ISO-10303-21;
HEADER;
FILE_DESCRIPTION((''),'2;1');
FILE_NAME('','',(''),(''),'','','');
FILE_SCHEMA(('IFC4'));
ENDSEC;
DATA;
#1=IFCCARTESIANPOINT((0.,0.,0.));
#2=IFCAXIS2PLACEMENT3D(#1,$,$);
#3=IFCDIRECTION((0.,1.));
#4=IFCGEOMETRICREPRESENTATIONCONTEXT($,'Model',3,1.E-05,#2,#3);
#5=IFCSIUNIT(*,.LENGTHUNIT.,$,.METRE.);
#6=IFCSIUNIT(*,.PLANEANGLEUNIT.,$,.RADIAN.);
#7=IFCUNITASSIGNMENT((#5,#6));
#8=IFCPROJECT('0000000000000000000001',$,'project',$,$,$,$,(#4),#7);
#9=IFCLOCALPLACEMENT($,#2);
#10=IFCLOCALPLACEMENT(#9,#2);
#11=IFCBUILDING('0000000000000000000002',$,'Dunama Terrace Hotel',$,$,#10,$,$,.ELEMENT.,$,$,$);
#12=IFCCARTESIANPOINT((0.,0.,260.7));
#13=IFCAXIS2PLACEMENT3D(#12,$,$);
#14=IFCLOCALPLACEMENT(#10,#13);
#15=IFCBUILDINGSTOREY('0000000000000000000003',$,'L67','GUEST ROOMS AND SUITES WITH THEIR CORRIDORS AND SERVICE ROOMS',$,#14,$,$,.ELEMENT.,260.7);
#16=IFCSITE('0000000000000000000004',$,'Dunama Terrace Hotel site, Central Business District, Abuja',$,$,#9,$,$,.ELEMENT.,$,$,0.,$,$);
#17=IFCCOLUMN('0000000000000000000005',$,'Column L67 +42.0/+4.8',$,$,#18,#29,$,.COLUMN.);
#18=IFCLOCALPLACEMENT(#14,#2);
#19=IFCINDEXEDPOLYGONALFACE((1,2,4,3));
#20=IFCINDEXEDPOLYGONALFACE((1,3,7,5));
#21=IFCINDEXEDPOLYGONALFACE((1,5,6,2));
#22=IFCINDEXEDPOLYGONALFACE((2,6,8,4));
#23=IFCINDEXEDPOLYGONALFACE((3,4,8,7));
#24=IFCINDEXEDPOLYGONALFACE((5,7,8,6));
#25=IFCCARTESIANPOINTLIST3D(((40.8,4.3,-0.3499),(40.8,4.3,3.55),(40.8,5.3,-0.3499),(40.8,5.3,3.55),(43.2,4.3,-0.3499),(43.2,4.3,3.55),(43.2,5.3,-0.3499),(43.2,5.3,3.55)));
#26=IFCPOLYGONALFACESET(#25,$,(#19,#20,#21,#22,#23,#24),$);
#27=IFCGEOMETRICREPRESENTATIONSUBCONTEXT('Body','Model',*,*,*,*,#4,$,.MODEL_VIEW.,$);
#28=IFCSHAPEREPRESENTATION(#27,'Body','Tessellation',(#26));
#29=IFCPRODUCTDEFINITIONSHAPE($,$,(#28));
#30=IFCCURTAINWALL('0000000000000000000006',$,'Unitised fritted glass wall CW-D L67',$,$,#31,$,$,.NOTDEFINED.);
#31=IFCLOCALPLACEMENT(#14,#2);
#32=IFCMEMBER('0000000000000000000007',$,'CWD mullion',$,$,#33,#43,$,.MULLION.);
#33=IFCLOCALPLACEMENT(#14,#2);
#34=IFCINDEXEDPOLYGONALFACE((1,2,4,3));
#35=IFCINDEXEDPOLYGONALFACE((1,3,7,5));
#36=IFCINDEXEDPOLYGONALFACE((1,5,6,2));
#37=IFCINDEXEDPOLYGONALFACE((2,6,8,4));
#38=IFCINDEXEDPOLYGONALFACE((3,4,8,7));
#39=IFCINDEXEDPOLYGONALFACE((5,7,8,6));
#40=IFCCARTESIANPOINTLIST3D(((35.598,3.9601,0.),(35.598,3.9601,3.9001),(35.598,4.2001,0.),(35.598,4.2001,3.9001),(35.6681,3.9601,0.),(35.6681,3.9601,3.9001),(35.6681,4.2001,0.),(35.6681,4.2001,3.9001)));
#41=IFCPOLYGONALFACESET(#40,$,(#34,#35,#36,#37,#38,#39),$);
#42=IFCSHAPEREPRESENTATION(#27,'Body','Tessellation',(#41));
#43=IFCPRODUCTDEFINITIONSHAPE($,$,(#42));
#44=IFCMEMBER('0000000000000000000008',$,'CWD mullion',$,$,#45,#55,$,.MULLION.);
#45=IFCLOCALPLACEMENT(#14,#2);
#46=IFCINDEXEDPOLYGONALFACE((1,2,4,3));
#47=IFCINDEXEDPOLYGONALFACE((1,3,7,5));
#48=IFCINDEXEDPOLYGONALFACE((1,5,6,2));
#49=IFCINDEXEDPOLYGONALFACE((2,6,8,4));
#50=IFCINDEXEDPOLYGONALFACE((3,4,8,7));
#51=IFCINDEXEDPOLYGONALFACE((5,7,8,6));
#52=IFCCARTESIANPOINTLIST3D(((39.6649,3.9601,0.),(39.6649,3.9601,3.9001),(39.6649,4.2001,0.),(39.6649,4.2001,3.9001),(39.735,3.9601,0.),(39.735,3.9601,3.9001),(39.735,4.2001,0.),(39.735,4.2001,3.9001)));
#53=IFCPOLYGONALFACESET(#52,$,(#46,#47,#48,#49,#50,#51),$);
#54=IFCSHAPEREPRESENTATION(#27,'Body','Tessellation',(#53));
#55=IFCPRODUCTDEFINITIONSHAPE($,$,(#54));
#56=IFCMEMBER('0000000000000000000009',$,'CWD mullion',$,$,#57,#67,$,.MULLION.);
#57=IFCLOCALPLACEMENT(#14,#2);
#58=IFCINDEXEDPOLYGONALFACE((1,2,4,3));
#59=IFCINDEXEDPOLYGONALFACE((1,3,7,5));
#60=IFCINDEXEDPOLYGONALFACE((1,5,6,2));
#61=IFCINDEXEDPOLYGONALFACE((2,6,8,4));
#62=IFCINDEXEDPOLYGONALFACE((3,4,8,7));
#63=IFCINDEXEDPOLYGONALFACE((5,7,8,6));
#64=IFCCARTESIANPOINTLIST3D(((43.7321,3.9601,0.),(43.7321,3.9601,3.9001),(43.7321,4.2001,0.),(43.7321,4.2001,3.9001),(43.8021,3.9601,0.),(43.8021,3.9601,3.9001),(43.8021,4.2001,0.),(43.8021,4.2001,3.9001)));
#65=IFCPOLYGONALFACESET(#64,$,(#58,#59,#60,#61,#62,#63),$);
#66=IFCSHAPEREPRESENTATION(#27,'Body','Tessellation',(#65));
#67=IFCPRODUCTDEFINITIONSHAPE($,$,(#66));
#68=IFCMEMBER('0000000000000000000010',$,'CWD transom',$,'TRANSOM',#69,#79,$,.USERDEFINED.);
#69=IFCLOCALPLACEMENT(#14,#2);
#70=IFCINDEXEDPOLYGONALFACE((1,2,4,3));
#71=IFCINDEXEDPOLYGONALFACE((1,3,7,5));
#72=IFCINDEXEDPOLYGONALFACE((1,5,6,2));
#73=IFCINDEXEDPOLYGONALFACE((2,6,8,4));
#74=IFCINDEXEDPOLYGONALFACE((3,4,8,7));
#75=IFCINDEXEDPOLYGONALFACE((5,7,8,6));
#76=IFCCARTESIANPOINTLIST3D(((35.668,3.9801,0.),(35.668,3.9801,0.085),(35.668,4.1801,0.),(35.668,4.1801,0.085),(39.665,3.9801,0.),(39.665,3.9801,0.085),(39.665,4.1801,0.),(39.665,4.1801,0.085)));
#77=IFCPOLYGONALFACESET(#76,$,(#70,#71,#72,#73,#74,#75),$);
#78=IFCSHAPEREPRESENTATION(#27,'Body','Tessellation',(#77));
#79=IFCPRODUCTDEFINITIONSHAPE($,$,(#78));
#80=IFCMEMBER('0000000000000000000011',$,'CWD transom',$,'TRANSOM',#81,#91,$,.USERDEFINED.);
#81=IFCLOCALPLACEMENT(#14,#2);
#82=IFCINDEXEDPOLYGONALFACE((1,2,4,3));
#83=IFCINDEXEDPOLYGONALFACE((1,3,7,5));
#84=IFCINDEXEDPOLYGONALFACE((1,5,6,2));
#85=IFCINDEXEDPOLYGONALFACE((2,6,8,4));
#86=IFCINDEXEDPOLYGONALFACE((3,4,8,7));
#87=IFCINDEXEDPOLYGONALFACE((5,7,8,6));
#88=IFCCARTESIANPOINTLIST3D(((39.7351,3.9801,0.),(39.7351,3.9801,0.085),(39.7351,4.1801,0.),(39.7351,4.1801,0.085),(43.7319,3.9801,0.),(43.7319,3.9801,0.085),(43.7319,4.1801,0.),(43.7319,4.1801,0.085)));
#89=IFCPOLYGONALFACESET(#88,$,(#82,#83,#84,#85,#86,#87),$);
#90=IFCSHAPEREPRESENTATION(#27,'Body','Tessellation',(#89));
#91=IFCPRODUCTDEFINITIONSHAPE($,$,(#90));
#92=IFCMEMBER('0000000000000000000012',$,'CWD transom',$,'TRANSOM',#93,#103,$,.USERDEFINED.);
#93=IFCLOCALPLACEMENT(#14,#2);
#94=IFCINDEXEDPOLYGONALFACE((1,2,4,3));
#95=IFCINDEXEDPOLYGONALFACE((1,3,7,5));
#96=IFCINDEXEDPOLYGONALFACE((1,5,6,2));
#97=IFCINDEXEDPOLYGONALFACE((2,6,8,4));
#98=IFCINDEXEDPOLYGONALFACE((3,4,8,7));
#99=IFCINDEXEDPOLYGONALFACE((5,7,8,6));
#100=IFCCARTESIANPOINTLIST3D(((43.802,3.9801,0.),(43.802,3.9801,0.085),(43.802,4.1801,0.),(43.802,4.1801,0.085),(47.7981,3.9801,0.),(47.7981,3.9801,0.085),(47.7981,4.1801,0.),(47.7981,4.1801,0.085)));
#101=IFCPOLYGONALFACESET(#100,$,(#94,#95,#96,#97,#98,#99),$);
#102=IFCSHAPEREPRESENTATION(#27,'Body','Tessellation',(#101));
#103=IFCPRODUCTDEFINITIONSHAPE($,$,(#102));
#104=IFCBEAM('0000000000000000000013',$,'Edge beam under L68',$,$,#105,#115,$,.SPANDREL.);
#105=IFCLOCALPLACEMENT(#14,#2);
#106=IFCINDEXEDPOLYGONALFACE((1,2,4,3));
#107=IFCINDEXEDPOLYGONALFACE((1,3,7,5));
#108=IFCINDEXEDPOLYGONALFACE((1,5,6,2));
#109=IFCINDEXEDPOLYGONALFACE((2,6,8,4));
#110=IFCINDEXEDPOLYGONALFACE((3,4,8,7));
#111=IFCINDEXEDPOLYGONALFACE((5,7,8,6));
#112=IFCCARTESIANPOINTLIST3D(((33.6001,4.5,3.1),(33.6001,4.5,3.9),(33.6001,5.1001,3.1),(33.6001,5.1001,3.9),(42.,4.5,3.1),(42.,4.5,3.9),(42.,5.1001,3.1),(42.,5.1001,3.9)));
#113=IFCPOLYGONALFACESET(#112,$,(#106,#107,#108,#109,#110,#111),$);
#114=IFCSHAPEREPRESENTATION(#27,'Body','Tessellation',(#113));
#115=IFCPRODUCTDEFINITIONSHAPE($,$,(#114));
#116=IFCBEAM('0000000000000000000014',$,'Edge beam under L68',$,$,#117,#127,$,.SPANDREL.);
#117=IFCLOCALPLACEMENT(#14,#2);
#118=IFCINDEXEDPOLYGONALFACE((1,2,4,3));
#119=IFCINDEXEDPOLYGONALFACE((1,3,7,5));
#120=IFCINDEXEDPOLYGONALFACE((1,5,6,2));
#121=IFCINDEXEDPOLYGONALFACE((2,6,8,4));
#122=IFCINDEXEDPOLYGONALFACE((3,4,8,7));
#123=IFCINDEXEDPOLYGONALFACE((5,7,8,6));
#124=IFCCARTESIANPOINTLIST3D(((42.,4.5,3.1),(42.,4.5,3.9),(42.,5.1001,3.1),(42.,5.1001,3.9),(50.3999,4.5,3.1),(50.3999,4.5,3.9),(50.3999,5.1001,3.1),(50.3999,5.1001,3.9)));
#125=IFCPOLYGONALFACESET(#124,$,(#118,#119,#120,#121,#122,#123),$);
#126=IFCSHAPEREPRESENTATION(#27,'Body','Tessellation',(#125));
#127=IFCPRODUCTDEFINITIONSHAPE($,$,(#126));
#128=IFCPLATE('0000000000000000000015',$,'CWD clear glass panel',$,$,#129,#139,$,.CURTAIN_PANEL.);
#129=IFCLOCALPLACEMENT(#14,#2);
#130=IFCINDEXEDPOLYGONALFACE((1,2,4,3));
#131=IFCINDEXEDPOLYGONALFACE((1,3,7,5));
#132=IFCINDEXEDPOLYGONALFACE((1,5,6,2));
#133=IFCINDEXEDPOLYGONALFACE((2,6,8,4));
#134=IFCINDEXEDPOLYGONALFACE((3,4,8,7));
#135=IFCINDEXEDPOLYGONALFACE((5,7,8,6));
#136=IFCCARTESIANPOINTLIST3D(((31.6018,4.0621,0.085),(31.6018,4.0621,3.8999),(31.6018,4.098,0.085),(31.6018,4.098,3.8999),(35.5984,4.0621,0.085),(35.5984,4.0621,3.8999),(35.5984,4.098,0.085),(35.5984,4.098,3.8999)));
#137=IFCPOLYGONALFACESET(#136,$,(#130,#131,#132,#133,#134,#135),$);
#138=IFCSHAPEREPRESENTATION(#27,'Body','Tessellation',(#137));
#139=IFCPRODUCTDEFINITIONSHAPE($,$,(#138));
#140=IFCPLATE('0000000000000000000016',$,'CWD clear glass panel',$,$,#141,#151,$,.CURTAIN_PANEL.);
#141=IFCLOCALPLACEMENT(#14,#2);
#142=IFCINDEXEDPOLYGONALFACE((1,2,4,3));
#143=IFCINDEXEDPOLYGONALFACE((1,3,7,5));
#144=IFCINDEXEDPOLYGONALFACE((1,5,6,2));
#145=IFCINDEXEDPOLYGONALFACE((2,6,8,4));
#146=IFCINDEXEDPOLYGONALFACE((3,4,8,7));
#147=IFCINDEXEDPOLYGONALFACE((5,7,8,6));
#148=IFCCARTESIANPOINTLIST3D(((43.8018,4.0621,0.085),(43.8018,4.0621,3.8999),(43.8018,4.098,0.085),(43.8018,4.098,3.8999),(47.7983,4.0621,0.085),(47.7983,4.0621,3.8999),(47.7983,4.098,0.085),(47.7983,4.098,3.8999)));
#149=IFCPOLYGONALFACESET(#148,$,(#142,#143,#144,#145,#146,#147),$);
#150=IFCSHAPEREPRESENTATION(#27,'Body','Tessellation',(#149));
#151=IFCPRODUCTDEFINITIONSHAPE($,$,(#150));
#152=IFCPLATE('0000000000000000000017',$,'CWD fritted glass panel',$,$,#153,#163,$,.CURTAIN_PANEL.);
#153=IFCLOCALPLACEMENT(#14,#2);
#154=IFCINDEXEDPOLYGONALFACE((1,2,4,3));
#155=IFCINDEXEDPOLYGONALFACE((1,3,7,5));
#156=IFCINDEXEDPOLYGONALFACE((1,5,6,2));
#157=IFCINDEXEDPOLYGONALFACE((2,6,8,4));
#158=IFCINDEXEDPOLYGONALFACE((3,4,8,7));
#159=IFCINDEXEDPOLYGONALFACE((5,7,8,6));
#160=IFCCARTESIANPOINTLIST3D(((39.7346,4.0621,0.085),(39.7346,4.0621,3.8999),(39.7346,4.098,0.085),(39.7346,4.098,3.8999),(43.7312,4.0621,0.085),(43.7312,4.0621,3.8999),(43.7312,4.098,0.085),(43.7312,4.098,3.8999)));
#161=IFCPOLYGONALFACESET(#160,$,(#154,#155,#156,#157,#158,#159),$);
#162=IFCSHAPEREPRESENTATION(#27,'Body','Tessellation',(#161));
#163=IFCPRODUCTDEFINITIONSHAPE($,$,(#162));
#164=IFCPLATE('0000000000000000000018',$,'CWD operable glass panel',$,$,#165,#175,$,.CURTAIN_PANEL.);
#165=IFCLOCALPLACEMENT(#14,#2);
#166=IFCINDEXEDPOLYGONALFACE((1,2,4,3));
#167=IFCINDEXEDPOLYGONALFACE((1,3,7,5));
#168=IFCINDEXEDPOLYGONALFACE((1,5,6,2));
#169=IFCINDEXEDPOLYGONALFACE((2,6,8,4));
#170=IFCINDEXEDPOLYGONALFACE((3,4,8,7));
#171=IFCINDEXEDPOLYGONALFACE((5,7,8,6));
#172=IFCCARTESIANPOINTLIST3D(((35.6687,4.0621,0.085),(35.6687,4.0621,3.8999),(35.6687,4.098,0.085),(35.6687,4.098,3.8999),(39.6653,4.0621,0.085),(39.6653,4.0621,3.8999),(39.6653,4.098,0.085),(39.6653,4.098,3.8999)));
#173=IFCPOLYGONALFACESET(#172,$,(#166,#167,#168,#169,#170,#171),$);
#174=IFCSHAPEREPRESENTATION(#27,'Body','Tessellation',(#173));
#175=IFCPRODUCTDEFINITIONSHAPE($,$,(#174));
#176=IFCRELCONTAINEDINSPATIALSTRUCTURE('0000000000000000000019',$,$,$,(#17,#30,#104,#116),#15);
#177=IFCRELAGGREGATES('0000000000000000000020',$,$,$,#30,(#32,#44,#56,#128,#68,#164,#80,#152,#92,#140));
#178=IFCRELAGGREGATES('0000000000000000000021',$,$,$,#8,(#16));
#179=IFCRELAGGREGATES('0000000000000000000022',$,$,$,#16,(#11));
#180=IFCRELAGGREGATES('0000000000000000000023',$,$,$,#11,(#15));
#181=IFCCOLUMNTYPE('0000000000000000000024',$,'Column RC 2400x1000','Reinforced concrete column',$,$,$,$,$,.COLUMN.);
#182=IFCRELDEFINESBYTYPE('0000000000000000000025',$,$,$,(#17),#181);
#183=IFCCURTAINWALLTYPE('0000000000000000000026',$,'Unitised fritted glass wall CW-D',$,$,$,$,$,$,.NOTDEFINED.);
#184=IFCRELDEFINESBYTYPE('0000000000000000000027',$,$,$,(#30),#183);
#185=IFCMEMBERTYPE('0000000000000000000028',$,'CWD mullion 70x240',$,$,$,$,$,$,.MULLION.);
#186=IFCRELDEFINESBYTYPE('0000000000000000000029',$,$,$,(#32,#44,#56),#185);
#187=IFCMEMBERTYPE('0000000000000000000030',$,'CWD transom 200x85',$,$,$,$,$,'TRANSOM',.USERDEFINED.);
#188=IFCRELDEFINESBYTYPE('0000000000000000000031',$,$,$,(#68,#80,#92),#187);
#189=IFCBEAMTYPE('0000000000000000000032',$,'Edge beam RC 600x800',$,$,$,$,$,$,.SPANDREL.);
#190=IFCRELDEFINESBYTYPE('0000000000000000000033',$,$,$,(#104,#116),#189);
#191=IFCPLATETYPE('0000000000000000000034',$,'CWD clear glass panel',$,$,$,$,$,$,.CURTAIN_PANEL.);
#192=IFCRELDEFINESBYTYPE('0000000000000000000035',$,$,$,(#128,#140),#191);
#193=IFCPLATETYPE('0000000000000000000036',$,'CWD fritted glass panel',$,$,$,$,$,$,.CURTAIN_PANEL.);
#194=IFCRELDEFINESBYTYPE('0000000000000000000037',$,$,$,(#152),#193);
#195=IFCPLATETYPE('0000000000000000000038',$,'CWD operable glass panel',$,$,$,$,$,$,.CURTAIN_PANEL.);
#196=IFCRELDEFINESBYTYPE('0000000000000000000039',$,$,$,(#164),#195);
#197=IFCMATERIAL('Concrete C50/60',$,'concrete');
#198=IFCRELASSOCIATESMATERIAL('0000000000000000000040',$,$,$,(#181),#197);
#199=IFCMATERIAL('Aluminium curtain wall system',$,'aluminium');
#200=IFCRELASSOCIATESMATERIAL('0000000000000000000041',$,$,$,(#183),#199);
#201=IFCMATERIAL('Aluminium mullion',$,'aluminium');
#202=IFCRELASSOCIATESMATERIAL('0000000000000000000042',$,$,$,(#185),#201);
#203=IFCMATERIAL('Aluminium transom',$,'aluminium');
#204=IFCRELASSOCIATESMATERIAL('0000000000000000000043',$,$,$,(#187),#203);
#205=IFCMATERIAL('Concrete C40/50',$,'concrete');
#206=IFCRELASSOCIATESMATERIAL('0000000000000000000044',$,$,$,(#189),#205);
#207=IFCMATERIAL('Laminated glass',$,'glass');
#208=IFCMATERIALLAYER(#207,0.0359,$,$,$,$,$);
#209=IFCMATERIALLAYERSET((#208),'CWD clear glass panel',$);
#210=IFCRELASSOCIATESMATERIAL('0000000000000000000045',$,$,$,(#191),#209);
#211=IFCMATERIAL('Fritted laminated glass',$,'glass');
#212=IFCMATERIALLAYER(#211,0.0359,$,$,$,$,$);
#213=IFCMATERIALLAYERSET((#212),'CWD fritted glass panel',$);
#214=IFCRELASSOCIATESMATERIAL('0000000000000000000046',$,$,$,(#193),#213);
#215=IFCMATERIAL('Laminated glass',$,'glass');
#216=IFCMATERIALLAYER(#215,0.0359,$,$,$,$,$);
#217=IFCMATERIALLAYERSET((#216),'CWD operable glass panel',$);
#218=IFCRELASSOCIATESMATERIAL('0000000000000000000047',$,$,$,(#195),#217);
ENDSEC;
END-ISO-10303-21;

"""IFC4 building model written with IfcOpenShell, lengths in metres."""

from ifc_helpers import new_model, si_unit, direction, frame, origin, origin_2d, place, context, subcontext, project, spatial, rectangle, extrude, material, layer, layer_set, material_profile, profile_set, type_object, element, aggregate, save


model = new_model("IFC4")

# Units and contexts
model_context = context("Model", 3, precision=1e-05, world=origin(), true_north=direction((0.0, 1.0)))
body_context = subcontext(model_context, "Body", "Model", "MODEL_VIEW")
ifc_project = project(units=[si_unit("LENGTHUNIT", "METRE"), si_unit("PLANEANGLEUNIT", "RADIAN")], contexts=[model_context])

# Site, building, storey
site_placement = place(None, origin())
site = spatial("IfcSite", under=ifc_project, at=site_placement, Name="Dunama Terrace Hotel site, Central Business District, Abuja", CompositionType="ELEMENT", RefElevation=0.0)
building_placement = place(site_placement, origin())
building = spatial("IfcBuilding", under=site, at=building_placement, Name="Dunama Terrace Hotel", CompositionType="ELEMENT")
storey_placement = place(building_placement, frame((0.0, 0.0, 260.7)))
storey = spatial("IfcBuildingStorey", under=building, at=storey_placement, Name="L67", Description="GUEST ROOMS AND SUITES WITH THEIR CORRIDORS AND SERVICE ROOMS", CompositionType="ELEMENT", Elevation=260.7)

# Column
ifc_material_1 = material(Name="Concrete C50/60", Category="concrete")
ifc_material_profile_1 = material_profile(ifc_material_1, rectangle(XDim=2.3999, YDim=1.0, at=origin_2d()), Name="RC 2400x1000")
ifc_profile_set_1 = profile_set([ifc_material_profile_1], Name="Concrete C50/60")
column_type = type_object("IfcColumnType", Name="Column RC 2400x1000", Description="Reinforced concrete column", PredefinedType="COLUMN", material=ifc_profile_set_1)
column_placement = place(storey_placement, frame((42.0, 4.8, -0.3499), z_axis=(0.0, 0.0, 1.0), x_axis=(1.0, 0.0, 0.0)))
element("IfcColumn", 1, at=column_placement, inside=storey, type_object=column_type, Name="Column L67 +42.0/+4.8", PredefinedType="COLUMN", context=body_context, shape_type="SweptSolid", body=[
    extrude(rectangle(XDim=2.3999, YDim=1.0, at=origin_2d()), origin(), (0.0, 0.0, 1.0), 3.8999),
])

# Curtain wall, members
ifc_material_2 = material(Name="Aluminium curtain wall system", Category="aluminium")
curtain_wall_type = type_object("IfcCurtainWallType", Name="Unitised fritted glass wall CW-D", PredefinedType="NOTDEFINED", material=ifc_material_2)
curtain_wall_placement = place(storey_placement, origin())
curtain_wall = element("IfcCurtainWall", 2, at=curtain_wall_placement, inside=storey, type_object=curtain_wall_type, Name="Unitised fritted glass wall CW-D L67", PredefinedType="NOTDEFINED")
ifc_material_3 = material(Name="Aluminium mullion", Category="aluminium")
ifc_material_profile_2 = material_profile(ifc_material_3, rectangle(XDim=0.0701, YDim=0.24, at=origin_2d()), Name="CWD MULLION 70X240")
ifc_profile_set_2 = profile_set([ifc_material_profile_2], Name="Aluminium mullion")
member_type_1 = type_object("IfcMemberType", Name="CWD mullion 70x240", PredefinedType="MULLION", material=ifc_profile_set_2)
member_1_placement = place(storey_placement, frame((35.6331, 4.0801, 0.0), z_axis=(0.0, 0.0, 1.0), x_axis=(1.0, 0.0, 0.0)))
member_1 = element("IfcMember", 3, at=member_1_placement, type_object=member_type_1, Name="CWD mullion", PredefinedType="MULLION", context=body_context, shape_type="SweptSolid", body=[
    extrude(rectangle(XDim=0.0701, YDim=0.24, at=origin_2d()), origin(), (0.0, 0.0, 1.0), 3.9001),
])
member_2_placement = place(storey_placement, frame((39.7, 4.0801, 0.0), z_axis=(0.0, 0.0, 1.0), x_axis=(1.0, 0.0, 0.0)))
member_2 = element("IfcMember", 4, at=member_2_placement, type_object=member_type_1, Name="CWD mullion", PredefinedType="MULLION", context=body_context, shape_type="SweptSolid", body=[
    extrude(rectangle(XDim=0.0701, YDim=0.24, at=origin_2d()), origin(), (0.0, 0.0, 1.0), 3.9001),
])
member_3_placement = place(storey_placement, frame((43.7671, 4.0801, 0.0), z_axis=(0.0, 0.0, 1.0), x_axis=(1.0, 0.0, 0.0)))
member_3 = element("IfcMember", 5, at=member_3_placement, type_object=member_type_1, Name="CWD mullion", PredefinedType="MULLION", context=body_context, shape_type="SweptSolid", body=[
    extrude(rectangle(XDim=0.0701, YDim=0.24, at=origin_2d()), origin(), (0.0, 0.0, 1.0), 3.9001),
])
ifc_material_4 = material(Name="Aluminium transom", Category="aluminium")
ifc_material_profile_3 = material_profile(ifc_material_4, rectangle(XDim=0.2, YDim=0.085, at=origin_2d()), Name="CWD TRANSOM 200X85")
ifc_profile_set_3 = profile_set([ifc_material_profile_3], Name="Aluminium transom")
member_type_2 = type_object("IfcMemberType", Name="CWD transom 200x85", ElementType="TRANSOM", PredefinedType="USERDEFINED", material=ifc_profile_set_3)
member_4_placement = place(storey_placement, frame((35.668, 4.0801, 0.0425), z_axis=(1.0, 0.0, 0.0), x_axis=(0.0, 1.0, 0.0)))
member_4 = element("IfcMember", 6, at=member_4_placement, type_object=member_type_2, Name="CWD transom", ObjectType="TRANSOM", PredefinedType="USERDEFINED", context=body_context, shape_type="SweptSolid", body=[
    extrude(rectangle(XDim=0.2, YDim=0.085, at=origin_2d()), origin(), (0.0, 0.0, 1.0), 3.9971),
])
member_5_placement = place(storey_placement, frame((39.7351, 4.0801, 0.0425), z_axis=(1.0, 0.0, 0.0), x_axis=(0.0, 1.0, 0.0)))
member_5 = element("IfcMember", 7, at=member_5_placement, type_object=member_type_2, Name="CWD transom", ObjectType="TRANSOM", PredefinedType="USERDEFINED", context=body_context, shape_type="SweptSolid", body=[
    extrude(rectangle(XDim=0.2, YDim=0.085, at=origin_2d()), origin(), (0.0, 0.0, 1.0), 3.9968),
])
member_6_placement = place(storey_placement, frame((43.802, 4.0801, 0.0425), z_axis=(1.0, 0.0, 0.0), x_axis=(0.0, 1.0, 0.0)))
member_6 = element("IfcMember", 8, at=member_6_placement, type_object=member_type_2, Name="CWD transom", ObjectType="TRANSOM", PredefinedType="USERDEFINED", context=body_context, shape_type="SweptSolid", body=[
    extrude(rectangle(XDim=0.2, YDim=0.085, at=origin_2d()), origin(), (0.0, 0.0, 1.0), 3.9961),
])

# Beams
ifc_material_5 = material(Name="Concrete C40/50", Category="concrete")
ifc_material_profile_4 = material_profile(ifc_material_5, rectangle(XDim=0.6001, YDim=0.8, at=origin_2d()), Name="RC 600x800")
ifc_profile_set_4 = profile_set([ifc_material_profile_4], Name="Concrete C40/50")
beam_type = type_object("IfcBeamType", Name="Edge beam RC 600x800", PredefinedType="SPANDREL", material=ifc_profile_set_4)
for number, where, z_axis, x_axis, name in (
    (9, (33.6001, 4.8, 3.5), (1.0, 0.0, 0.0), (0.0, 1.0, 0.0), "Edge beam under L68"),
    (10, (42.0, 4.8, 3.5), (1.0, 0.0, 0.0), (0.0, 1.0, 0.0), "Edge beam under L68"),
):
    element("IfcBeam", number, at=place(storey_placement, frame(where, z_axis=z_axis, x_axis=x_axis)), inside=storey, type_object=beam_type, Name=name, PredefinedType="SPANDREL", context=body_context, shape_type="SweptSolid", body=[
        extrude(rectangle(XDim=0.6001, YDim=0.8, at=origin_2d()), origin(), (0.0, 0.0, 1.0), 8.3999),
    ])

# Plates
ifc_material_6 = material(Name="Laminated glass", Category="glass")
ifc_layer_1 = layer(ifc_material_6, 0.0359)
ifc_layer_set_1 = layer_set([ifc_layer_1], Name="CWD clear glass panel")
plate_type_1 = type_object("IfcPlateType", Name="CWD clear glass panel", PredefinedType="CURTAIN_PANEL", material=ifc_layer_set_1)
plate_1_placement = place(storey_placement, frame((33.6001, 4.0801, 0.085), z_axis=(0.0, 0.0, 1.0), x_axis=(1.0, 0.0, 0.0)))
plate_1 = element("IfcPlate", 11, at=plate_1_placement, type_object=plate_type_1, Name="CWD clear glass panel", PredefinedType="CURTAIN_PANEL", context=body_context, shape_type="SweptSolid", body=[
    extrude(rectangle(XDim=3.9966, YDim=0.0359, at=origin_2d()), origin(), (0.0, 0.0, 1.0), 3.8149),
])
plate_2_placement = place(storey_placement, frame((45.8, 4.0801, 0.085), z_axis=(0.0, 0.0, 1.0), x_axis=(1.0, 0.0, 0.0)))
plate_2 = element("IfcPlate", 12, at=plate_2_placement, type_object=plate_type_1, Name="CWD clear glass panel", PredefinedType="CURTAIN_PANEL", context=body_context, shape_type="SweptSolid", body=[
    extrude(rectangle(XDim=3.9966, YDim=0.0359, at=origin_2d()), origin(), (0.0, 0.0, 1.0), 3.8149),
])
ifc_material_7 = material(Name="Fritted laminated glass", Category="glass")
ifc_layer_2 = layer(ifc_material_7, 0.0359)
ifc_layer_set_2 = layer_set([ifc_layer_2], Name="CWD fritted glass panel")
plate_type_2 = type_object("IfcPlateType", Name="CWD fritted glass panel", PredefinedType="CURTAIN_PANEL", material=ifc_layer_set_2)
plate_3_placement = place(storey_placement, frame((41.7329, 4.0801, 0.085), z_axis=(0.0, 0.0, 1.0), x_axis=(1.0, 0.0, 0.0)))
plate_3 = element("IfcPlate", 13, at=plate_3_placement, type_object=plate_type_2, Name="CWD fritted glass panel", PredefinedType="CURTAIN_PANEL", context=body_context, shape_type="SweptSolid", body=[
    extrude(rectangle(XDim=3.9966, YDim=0.0359, at=origin_2d()), origin(), (0.0, 0.0, 1.0), 3.8149),
])
ifc_material_8 = material(Name="Laminated glass", Category="glass")
ifc_layer_3 = layer(ifc_material_8, 0.0359)
ifc_layer_set_3 = layer_set([ifc_layer_3], Name="CWD operable glass panel")
plate_type_3 = type_object("IfcPlateType", Name="CWD operable glass panel", PredefinedType="CURTAIN_PANEL", material=ifc_layer_set_3)
plate_4_placement = place(storey_placement, frame((37.667, 4.0801, 0.085), z_axis=(0.0, 0.0, 1.0), x_axis=(1.0, 0.0, 0.0)))
plate_4 = element("IfcPlate", 14, at=plate_4_placement, type_object=plate_type_3, Name="CWD operable glass panel", PredefinedType="CURTAIN_PANEL", context=body_context, shape_type="SweptSolid", body=[
    extrude(rectangle(XDim=3.9966, YDim=0.0359, at=origin_2d()), origin(), (0.0, 0.0, 1.0), 3.8149),
])
aggregate(curtain_wall, [member_1, member_2, member_3, plate_1, member_4, plate_4, member_5, plate_3, member_6, plate_2])

save(model, "model.ifc")
